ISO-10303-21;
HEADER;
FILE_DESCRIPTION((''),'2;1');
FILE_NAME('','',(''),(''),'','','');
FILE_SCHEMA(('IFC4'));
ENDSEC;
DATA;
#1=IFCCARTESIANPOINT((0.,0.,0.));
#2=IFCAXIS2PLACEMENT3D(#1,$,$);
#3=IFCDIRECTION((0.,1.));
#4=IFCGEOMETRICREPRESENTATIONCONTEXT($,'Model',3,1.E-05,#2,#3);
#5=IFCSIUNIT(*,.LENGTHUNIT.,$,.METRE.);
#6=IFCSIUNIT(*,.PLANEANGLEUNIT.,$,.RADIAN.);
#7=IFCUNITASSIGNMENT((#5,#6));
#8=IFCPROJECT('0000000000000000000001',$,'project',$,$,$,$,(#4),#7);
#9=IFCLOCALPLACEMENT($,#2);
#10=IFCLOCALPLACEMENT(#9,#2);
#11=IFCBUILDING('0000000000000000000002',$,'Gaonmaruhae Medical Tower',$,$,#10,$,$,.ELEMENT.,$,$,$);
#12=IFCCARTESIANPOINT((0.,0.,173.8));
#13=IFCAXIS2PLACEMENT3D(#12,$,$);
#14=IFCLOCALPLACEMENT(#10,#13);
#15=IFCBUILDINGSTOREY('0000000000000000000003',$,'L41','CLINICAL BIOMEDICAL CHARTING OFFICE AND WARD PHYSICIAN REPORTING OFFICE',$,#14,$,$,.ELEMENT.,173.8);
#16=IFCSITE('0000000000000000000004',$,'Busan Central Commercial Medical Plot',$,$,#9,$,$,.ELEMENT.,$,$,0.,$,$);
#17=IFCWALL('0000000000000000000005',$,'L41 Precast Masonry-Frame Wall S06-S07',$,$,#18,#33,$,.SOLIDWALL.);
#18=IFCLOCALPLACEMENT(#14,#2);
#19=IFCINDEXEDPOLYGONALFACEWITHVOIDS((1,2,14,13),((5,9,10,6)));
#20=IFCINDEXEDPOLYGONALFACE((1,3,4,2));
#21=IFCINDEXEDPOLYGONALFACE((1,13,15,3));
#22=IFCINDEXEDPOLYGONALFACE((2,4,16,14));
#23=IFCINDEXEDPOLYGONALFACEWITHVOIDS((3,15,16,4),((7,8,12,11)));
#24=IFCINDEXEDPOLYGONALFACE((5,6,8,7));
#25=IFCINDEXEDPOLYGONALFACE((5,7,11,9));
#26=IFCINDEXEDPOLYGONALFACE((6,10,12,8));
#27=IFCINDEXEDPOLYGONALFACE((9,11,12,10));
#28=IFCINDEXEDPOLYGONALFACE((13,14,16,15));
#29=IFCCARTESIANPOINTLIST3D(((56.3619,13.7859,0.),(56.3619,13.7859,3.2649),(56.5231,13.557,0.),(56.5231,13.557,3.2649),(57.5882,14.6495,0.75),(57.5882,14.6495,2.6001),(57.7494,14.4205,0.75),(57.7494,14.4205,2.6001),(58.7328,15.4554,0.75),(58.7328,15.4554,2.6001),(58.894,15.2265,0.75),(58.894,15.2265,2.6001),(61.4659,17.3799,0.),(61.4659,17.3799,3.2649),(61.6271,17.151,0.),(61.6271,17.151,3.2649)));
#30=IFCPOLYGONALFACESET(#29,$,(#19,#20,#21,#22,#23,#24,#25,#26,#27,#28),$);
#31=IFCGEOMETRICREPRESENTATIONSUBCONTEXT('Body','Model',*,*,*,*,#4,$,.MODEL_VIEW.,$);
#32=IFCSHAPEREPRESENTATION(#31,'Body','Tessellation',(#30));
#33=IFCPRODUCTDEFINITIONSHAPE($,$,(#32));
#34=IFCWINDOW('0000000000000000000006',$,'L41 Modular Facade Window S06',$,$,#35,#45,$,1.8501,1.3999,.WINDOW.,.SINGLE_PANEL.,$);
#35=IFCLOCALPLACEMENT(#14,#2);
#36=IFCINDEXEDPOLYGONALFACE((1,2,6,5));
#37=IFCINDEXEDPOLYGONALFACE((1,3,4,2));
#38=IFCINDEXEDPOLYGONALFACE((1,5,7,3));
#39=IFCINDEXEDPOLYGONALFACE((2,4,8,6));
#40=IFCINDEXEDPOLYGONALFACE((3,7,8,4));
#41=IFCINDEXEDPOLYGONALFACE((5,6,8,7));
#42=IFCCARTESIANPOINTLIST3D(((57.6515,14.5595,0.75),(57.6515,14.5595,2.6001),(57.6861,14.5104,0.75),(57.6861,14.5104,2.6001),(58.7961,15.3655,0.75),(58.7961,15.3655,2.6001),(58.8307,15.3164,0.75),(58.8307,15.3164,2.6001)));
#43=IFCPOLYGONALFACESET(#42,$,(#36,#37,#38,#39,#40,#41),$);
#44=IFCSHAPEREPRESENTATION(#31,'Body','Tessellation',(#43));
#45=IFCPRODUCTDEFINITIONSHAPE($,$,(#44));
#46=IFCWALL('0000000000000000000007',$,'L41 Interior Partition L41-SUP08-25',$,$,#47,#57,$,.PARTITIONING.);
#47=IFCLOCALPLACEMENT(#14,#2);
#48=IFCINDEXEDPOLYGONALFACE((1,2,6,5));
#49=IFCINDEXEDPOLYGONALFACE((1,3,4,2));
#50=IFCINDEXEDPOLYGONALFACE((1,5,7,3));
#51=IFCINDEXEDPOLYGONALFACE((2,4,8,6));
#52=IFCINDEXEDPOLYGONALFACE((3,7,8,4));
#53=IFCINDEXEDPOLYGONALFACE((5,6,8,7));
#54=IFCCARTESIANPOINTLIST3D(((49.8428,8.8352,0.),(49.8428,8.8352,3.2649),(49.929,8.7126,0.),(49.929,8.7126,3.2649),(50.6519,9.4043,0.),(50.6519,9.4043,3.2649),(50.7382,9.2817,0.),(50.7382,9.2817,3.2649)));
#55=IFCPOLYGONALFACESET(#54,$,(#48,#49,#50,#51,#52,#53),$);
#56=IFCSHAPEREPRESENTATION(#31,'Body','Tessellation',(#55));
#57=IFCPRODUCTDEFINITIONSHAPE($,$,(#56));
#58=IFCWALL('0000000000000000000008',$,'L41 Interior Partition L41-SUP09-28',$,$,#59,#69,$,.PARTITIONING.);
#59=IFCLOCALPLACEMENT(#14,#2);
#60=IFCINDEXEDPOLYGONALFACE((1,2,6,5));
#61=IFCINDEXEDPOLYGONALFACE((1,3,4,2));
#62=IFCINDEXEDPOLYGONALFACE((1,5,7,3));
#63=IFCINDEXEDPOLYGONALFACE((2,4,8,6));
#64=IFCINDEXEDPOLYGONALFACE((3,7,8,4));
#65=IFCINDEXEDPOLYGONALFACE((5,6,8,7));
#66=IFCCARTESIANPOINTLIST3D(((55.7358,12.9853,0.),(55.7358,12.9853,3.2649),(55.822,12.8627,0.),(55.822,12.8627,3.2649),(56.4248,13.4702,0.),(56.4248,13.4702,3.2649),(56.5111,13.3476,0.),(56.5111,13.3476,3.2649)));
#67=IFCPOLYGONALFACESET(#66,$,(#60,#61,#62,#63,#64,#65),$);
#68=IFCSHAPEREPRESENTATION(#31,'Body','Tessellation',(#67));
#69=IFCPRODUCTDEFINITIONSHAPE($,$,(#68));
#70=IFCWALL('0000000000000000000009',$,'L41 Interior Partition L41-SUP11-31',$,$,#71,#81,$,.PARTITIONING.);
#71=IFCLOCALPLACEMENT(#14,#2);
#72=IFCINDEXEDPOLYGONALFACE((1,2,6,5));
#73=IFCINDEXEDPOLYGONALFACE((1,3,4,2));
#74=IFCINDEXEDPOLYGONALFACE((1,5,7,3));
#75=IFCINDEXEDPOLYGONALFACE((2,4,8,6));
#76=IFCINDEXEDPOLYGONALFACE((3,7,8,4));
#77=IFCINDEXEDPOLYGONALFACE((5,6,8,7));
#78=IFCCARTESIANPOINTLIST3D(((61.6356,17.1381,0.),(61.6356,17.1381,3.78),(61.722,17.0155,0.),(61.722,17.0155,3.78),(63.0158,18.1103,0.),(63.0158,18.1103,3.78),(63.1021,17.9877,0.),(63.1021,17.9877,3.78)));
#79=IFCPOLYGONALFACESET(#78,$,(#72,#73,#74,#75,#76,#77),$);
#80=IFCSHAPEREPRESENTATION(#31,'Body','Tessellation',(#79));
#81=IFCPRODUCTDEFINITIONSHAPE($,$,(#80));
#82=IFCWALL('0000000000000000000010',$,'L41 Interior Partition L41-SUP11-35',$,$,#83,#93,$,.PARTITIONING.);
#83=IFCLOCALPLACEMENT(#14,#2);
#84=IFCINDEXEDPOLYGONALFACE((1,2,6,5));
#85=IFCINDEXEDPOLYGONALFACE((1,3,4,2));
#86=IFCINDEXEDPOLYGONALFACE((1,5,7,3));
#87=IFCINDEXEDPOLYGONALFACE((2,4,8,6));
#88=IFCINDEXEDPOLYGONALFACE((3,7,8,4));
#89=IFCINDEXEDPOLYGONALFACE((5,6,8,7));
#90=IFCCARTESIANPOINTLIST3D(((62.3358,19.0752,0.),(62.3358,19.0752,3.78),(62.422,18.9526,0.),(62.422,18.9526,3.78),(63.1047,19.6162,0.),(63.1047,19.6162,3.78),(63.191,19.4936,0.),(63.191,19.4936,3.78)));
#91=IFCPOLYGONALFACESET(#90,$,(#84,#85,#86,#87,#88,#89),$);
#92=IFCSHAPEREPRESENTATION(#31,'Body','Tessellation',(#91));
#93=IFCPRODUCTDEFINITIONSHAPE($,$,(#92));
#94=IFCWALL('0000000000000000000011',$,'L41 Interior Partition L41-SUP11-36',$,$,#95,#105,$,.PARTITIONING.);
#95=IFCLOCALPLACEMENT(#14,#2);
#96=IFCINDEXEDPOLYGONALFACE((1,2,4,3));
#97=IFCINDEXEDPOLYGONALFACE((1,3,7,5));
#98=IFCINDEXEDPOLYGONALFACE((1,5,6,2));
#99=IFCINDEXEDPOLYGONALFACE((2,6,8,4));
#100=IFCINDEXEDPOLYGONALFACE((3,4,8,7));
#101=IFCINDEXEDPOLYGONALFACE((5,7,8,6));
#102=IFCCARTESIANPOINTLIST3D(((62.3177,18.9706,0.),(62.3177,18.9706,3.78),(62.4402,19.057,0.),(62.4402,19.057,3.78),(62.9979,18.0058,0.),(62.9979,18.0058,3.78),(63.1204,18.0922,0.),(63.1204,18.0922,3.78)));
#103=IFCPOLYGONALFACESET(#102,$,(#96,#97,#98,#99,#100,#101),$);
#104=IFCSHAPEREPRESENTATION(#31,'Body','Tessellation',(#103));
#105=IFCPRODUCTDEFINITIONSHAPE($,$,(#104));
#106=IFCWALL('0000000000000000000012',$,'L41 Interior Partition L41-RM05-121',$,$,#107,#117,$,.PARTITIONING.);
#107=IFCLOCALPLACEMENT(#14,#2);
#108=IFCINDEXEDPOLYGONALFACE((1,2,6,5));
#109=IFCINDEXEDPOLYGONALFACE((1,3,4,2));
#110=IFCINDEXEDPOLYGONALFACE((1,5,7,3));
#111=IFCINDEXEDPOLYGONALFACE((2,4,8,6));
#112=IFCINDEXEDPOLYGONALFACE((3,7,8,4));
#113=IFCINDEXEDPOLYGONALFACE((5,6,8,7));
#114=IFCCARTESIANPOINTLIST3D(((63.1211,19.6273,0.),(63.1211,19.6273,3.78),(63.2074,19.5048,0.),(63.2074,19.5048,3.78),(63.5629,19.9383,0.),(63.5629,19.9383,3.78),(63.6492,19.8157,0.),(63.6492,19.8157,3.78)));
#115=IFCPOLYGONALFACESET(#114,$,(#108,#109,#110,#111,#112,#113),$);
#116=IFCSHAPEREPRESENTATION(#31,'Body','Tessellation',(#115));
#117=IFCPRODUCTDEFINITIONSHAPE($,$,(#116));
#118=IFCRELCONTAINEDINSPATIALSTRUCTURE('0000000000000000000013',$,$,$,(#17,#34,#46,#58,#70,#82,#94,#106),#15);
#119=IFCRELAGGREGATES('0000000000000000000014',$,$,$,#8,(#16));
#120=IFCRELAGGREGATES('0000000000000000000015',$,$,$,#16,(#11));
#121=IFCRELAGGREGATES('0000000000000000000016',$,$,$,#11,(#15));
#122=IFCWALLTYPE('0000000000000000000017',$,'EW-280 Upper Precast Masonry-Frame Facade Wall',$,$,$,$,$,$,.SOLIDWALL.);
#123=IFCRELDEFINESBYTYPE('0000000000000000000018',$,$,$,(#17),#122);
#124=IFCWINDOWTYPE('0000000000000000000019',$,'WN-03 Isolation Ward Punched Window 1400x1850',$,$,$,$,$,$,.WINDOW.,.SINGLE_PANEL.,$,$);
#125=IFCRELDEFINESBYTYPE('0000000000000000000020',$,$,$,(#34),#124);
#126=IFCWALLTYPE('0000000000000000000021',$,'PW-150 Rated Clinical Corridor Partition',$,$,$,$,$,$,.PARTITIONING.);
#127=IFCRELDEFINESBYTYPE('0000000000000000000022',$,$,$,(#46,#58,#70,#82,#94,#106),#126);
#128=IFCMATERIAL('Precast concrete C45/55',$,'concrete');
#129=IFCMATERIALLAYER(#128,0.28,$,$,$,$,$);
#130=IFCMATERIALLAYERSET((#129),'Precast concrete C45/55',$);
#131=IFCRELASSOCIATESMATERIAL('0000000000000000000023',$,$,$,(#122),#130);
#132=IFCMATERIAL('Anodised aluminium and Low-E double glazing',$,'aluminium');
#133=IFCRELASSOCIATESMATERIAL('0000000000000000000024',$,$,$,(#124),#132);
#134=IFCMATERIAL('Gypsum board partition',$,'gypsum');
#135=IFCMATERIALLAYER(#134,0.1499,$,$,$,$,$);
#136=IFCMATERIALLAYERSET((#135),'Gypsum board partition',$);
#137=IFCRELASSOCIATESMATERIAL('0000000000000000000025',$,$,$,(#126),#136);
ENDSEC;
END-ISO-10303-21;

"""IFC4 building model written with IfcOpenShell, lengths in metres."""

from ifc_helpers import new_model, si_unit, direction, frame, frame_2d, origin, place, context, subcontext, project, spatial, rectangle, extrude, material, layer, layer_set, type_object, element, fill, save


model = new_model("IFC4")

# Units and contexts
model_context = context("Model", 3, precision=1e-05, world=origin(), true_north=direction((0.0, 1.0)))
body_context = subcontext(model_context, "Body", "Model", "MODEL_VIEW")
ifc_project = project(units=[si_unit("LENGTHUNIT", "METRE"), si_unit("PLANEANGLEUNIT", "RADIAN")], contexts=[model_context])

# Site, building, storey
site_placement = place(None, origin())
site = spatial("IfcSite", under=ifc_project, at=site_placement, Name="Busan Central Commercial Medical Plot", CompositionType="ELEMENT", RefElevation=0.0)
building_placement = place(site_placement, origin())
building = spatial("IfcBuilding", under=site, at=building_placement, Name="Gaonmaruhae Medical Tower", CompositionType="ELEMENT")
storey_placement = place(building_placement, frame((0.0, 0.0, 173.8)))
storey = spatial("IfcBuildingStorey", under=building, at=storey_placement, Name="L41", Description="CLINICAL BIOMEDICAL CHARTING OFFICE AND WARD PHYSICIAN REPORTING OFFICE", CompositionType="ELEMENT", Elevation=173.8)

# Wall, opening, window
ifc_material_1 = material(Name="Precast concrete C45/55", Category="concrete")
ifc_layer_1 = layer(ifc_material_1, 0.28)
ifc_layer_set_1 = layer_set([ifc_layer_1], Name="Precast concrete C45/55")
wall_type_1 = type_object("IfcWallType", Name="EW-280 Upper Precast Masonry-Frame Facade Wall", PredefinedType="SOLIDWALL", material=ifc_layer_set_1)
ifc_material_2 = material(Name="Anodised aluminium and Low-E double glazing", Category="aluminium")
wall_1_placement = place(storey_placement, frame((61.5464, 17.2654, 0.0), z_axis=(0.0, 0.0, 1.0), x_axis=(-0.817634, -0.575738, 0.0)))
wall_1 = element("IfcWall", 1, at=wall_1_placement, inside=storey, type_object=wall_type_1, Name="L41 Precast Masonry-Frame Wall S06-S07", PredefinedType="SOLIDWALL", context=body_context, shape_type="SweptSolid", body=[
    extrude(rectangle(XDim=6.2424, YDim=0.28, at=frame_2d((3.1211, 0.0))), origin(), (0.0, 0.0, 1.0), 3.2649),
])
opening_1_placement = place(wall_1_placement, frame((3.3425, 0.0, 0.75)))
opening_1 = element("IfcOpeningElement", 2, at=opening_1_placement, cuts=wall_1, PredefinedType="OPENING", context=body_context, shape_type="SweptSolid", body=[
    extrude(rectangle(XDim=1.3999, YDim=1.8501, at=frame_2d((0.7, 0.925))), frame((0.0, 0.1499, 0.0), z_axis=(0.0, -1.0, 0.0), x_axis=(1.0, 0.0, 0.0)), (0.0, 0.0, 1.0), 0.3),
])
window_type_1 = type_object("IfcWindowType", Name="WN-03 Isolation Ward Punched Window 1400x1850", PartitioningType="SINGLE_PANEL", PredefinedType="WINDOW", material=ifc_material_2)
window_1_placement = place(opening_1_placement, origin())
window_1 = element("IfcWindow", 3, at=window_1_placement, inside=storey, type_object=window_type_1, Name="L41 Modular Facade Window S06", OverallHeight=1.8501, OverallWidth=1.3999, PartitioningType="SINGLE_PANEL", PredefinedType="WINDOW", context=body_context, shape_type="SweptSolid", body=[
    extrude(rectangle(XDim=1.3999, YDim=1.8501, at=frame_2d((0.7, 0.925))), frame((0.0, 0.03, 0.0), z_axis=(0.0, -1.0, 0.0), x_axis=(1.0, 0.0, 0.0)), (0.0, 0.0, 1.0), 0.0601),
])
fill(opening_1, window_1)

# Walls
ifc_material_3 = material(Name="Gypsum board partition", Category="gypsum")
ifc_layer_2 = layer(ifc_material_3, 0.1499)
ifc_layer_set_2 = layer_set([ifc_layer_2], Name="Gypsum board partition")
wall_type_2 = type_object("IfcWallType", Name="PW-150 Rated Clinical Corridor Partition", PredefinedType="PARTITIONING", material=ifc_layer_set_2)
wall_2_placement = place(storey_placement, frame((50.6951, 9.343, 0.0), z_axis=(0.0, 0.0, 1.0), x_axis=(-0.817931, -0.575316, 0.0)))
element("IfcWall", 4, at=wall_2_placement, inside=storey, type_object=wall_type_2, Name="L41 Interior Partition L41-SUP08-25", PredefinedType="PARTITIONING", context=body_context, shape_type="SweptSolid", body=[
    extrude(rectangle(XDim=0.9893, YDim=0.1499, at=frame_2d((0.4946, 0.0))), origin(), (0.0, 0.0, 1.0), 3.2649),
])
wall_3_placement = place(storey_placement, frame((56.468, 13.4089, 0.0), z_axis=(0.0, 0.0, 1.0), x_axis=(-0.817786, -0.575522, 0.0)))
element("IfcWall", 5, at=wall_3_placement, inside=storey, type_object=wall_type_2, Name="L41 Interior Partition L41-SUP09-28", PredefinedType="PARTITIONING", context=body_context, shape_type="SweptSolid", body=[
    extrude(rectangle(XDim=0.8425, YDim=0.1499, at=frame_2d((0.4214, 0.0))), origin(), (0.0, 0.0, 1.0), 3.2649),
])
wall_4_placement = place(storey_placement, frame((63.0591, 18.0491, 0.0), z_axis=(0.0, 0.0, 1.0), x_axis=(-0.817537, -0.575877, 0.0)))
element("IfcWall", 6, at=wall_4_placement, inside=storey, type_object=wall_type_2, Name="L41 Interior Partition L41-SUP11-31", PredefinedType="PARTITIONING", context=body_context, shape_type="SweptSolid", body=[
    extrude(rectangle(XDim=1.6882, YDim=0.1499, at=frame_2d((0.8442, 0.0))), origin(), (0.0, 0.0, 1.0), 3.78),
])
wall_5_placement = place(storey_placement, frame((63.1479, 19.5549, 0.0), z_axis=(0.0, 0.0, 1.0), x_axis=(-0.817888, -0.575378, 0.0)))
element("IfcWall", 7, at=wall_5_placement, inside=storey, type_object=wall_type_2, Name="L41 Interior Partition L41-SUP11-35", PredefinedType="PARTITIONING", context=body_context, shape_type="SweptSolid", body=[
    extrude(rectangle(XDim=0.9402, YDim=0.1499, at=frame_2d((0.4702, 0.0))), origin(), (0.0, 0.0, 1.0), 3.78),
])
wall_6_placement = place(storey_placement, frame((62.3789, 19.0139, 0.0), z_axis=(0.0, 0.0, 1.0), x_axis=(0.57618, -0.817323, 0.0)))
element("IfcWall", 8, at=wall_6_placement, inside=storey, type_object=wall_type_2, Name="L41 Interior Partition L41-SUP11-36", PredefinedType="PARTITIONING", context=body_context, shape_type="SweptSolid", body=[
    extrude(rectangle(XDim=1.1804, YDim=0.1499, at=frame_2d((0.5903, 0.0))), origin(), (0.0, 0.0, 1.0), 3.78),
])
wall_7_placement = place(storey_placement, frame((63.606, 19.877, 0.0), z_axis=(0.0, 0.0, 1.0), x_axis=(-0.817743, -0.575583, 0.0)))
element("IfcWall", 9, at=wall_7_placement, inside=storey, type_object=wall_type_2, Name="L41 Interior Partition L41-RM05-121", PredefinedType="PARTITIONING", context=body_context, shape_type="SweptSolid", body=[
    extrude(rectangle(XDim=0.5403, YDim=0.1499, at=frame_2d((0.27, 0.0))), origin(), (0.0, 0.0, 1.0), 3.78),
])

save(model, "model.ifc")
